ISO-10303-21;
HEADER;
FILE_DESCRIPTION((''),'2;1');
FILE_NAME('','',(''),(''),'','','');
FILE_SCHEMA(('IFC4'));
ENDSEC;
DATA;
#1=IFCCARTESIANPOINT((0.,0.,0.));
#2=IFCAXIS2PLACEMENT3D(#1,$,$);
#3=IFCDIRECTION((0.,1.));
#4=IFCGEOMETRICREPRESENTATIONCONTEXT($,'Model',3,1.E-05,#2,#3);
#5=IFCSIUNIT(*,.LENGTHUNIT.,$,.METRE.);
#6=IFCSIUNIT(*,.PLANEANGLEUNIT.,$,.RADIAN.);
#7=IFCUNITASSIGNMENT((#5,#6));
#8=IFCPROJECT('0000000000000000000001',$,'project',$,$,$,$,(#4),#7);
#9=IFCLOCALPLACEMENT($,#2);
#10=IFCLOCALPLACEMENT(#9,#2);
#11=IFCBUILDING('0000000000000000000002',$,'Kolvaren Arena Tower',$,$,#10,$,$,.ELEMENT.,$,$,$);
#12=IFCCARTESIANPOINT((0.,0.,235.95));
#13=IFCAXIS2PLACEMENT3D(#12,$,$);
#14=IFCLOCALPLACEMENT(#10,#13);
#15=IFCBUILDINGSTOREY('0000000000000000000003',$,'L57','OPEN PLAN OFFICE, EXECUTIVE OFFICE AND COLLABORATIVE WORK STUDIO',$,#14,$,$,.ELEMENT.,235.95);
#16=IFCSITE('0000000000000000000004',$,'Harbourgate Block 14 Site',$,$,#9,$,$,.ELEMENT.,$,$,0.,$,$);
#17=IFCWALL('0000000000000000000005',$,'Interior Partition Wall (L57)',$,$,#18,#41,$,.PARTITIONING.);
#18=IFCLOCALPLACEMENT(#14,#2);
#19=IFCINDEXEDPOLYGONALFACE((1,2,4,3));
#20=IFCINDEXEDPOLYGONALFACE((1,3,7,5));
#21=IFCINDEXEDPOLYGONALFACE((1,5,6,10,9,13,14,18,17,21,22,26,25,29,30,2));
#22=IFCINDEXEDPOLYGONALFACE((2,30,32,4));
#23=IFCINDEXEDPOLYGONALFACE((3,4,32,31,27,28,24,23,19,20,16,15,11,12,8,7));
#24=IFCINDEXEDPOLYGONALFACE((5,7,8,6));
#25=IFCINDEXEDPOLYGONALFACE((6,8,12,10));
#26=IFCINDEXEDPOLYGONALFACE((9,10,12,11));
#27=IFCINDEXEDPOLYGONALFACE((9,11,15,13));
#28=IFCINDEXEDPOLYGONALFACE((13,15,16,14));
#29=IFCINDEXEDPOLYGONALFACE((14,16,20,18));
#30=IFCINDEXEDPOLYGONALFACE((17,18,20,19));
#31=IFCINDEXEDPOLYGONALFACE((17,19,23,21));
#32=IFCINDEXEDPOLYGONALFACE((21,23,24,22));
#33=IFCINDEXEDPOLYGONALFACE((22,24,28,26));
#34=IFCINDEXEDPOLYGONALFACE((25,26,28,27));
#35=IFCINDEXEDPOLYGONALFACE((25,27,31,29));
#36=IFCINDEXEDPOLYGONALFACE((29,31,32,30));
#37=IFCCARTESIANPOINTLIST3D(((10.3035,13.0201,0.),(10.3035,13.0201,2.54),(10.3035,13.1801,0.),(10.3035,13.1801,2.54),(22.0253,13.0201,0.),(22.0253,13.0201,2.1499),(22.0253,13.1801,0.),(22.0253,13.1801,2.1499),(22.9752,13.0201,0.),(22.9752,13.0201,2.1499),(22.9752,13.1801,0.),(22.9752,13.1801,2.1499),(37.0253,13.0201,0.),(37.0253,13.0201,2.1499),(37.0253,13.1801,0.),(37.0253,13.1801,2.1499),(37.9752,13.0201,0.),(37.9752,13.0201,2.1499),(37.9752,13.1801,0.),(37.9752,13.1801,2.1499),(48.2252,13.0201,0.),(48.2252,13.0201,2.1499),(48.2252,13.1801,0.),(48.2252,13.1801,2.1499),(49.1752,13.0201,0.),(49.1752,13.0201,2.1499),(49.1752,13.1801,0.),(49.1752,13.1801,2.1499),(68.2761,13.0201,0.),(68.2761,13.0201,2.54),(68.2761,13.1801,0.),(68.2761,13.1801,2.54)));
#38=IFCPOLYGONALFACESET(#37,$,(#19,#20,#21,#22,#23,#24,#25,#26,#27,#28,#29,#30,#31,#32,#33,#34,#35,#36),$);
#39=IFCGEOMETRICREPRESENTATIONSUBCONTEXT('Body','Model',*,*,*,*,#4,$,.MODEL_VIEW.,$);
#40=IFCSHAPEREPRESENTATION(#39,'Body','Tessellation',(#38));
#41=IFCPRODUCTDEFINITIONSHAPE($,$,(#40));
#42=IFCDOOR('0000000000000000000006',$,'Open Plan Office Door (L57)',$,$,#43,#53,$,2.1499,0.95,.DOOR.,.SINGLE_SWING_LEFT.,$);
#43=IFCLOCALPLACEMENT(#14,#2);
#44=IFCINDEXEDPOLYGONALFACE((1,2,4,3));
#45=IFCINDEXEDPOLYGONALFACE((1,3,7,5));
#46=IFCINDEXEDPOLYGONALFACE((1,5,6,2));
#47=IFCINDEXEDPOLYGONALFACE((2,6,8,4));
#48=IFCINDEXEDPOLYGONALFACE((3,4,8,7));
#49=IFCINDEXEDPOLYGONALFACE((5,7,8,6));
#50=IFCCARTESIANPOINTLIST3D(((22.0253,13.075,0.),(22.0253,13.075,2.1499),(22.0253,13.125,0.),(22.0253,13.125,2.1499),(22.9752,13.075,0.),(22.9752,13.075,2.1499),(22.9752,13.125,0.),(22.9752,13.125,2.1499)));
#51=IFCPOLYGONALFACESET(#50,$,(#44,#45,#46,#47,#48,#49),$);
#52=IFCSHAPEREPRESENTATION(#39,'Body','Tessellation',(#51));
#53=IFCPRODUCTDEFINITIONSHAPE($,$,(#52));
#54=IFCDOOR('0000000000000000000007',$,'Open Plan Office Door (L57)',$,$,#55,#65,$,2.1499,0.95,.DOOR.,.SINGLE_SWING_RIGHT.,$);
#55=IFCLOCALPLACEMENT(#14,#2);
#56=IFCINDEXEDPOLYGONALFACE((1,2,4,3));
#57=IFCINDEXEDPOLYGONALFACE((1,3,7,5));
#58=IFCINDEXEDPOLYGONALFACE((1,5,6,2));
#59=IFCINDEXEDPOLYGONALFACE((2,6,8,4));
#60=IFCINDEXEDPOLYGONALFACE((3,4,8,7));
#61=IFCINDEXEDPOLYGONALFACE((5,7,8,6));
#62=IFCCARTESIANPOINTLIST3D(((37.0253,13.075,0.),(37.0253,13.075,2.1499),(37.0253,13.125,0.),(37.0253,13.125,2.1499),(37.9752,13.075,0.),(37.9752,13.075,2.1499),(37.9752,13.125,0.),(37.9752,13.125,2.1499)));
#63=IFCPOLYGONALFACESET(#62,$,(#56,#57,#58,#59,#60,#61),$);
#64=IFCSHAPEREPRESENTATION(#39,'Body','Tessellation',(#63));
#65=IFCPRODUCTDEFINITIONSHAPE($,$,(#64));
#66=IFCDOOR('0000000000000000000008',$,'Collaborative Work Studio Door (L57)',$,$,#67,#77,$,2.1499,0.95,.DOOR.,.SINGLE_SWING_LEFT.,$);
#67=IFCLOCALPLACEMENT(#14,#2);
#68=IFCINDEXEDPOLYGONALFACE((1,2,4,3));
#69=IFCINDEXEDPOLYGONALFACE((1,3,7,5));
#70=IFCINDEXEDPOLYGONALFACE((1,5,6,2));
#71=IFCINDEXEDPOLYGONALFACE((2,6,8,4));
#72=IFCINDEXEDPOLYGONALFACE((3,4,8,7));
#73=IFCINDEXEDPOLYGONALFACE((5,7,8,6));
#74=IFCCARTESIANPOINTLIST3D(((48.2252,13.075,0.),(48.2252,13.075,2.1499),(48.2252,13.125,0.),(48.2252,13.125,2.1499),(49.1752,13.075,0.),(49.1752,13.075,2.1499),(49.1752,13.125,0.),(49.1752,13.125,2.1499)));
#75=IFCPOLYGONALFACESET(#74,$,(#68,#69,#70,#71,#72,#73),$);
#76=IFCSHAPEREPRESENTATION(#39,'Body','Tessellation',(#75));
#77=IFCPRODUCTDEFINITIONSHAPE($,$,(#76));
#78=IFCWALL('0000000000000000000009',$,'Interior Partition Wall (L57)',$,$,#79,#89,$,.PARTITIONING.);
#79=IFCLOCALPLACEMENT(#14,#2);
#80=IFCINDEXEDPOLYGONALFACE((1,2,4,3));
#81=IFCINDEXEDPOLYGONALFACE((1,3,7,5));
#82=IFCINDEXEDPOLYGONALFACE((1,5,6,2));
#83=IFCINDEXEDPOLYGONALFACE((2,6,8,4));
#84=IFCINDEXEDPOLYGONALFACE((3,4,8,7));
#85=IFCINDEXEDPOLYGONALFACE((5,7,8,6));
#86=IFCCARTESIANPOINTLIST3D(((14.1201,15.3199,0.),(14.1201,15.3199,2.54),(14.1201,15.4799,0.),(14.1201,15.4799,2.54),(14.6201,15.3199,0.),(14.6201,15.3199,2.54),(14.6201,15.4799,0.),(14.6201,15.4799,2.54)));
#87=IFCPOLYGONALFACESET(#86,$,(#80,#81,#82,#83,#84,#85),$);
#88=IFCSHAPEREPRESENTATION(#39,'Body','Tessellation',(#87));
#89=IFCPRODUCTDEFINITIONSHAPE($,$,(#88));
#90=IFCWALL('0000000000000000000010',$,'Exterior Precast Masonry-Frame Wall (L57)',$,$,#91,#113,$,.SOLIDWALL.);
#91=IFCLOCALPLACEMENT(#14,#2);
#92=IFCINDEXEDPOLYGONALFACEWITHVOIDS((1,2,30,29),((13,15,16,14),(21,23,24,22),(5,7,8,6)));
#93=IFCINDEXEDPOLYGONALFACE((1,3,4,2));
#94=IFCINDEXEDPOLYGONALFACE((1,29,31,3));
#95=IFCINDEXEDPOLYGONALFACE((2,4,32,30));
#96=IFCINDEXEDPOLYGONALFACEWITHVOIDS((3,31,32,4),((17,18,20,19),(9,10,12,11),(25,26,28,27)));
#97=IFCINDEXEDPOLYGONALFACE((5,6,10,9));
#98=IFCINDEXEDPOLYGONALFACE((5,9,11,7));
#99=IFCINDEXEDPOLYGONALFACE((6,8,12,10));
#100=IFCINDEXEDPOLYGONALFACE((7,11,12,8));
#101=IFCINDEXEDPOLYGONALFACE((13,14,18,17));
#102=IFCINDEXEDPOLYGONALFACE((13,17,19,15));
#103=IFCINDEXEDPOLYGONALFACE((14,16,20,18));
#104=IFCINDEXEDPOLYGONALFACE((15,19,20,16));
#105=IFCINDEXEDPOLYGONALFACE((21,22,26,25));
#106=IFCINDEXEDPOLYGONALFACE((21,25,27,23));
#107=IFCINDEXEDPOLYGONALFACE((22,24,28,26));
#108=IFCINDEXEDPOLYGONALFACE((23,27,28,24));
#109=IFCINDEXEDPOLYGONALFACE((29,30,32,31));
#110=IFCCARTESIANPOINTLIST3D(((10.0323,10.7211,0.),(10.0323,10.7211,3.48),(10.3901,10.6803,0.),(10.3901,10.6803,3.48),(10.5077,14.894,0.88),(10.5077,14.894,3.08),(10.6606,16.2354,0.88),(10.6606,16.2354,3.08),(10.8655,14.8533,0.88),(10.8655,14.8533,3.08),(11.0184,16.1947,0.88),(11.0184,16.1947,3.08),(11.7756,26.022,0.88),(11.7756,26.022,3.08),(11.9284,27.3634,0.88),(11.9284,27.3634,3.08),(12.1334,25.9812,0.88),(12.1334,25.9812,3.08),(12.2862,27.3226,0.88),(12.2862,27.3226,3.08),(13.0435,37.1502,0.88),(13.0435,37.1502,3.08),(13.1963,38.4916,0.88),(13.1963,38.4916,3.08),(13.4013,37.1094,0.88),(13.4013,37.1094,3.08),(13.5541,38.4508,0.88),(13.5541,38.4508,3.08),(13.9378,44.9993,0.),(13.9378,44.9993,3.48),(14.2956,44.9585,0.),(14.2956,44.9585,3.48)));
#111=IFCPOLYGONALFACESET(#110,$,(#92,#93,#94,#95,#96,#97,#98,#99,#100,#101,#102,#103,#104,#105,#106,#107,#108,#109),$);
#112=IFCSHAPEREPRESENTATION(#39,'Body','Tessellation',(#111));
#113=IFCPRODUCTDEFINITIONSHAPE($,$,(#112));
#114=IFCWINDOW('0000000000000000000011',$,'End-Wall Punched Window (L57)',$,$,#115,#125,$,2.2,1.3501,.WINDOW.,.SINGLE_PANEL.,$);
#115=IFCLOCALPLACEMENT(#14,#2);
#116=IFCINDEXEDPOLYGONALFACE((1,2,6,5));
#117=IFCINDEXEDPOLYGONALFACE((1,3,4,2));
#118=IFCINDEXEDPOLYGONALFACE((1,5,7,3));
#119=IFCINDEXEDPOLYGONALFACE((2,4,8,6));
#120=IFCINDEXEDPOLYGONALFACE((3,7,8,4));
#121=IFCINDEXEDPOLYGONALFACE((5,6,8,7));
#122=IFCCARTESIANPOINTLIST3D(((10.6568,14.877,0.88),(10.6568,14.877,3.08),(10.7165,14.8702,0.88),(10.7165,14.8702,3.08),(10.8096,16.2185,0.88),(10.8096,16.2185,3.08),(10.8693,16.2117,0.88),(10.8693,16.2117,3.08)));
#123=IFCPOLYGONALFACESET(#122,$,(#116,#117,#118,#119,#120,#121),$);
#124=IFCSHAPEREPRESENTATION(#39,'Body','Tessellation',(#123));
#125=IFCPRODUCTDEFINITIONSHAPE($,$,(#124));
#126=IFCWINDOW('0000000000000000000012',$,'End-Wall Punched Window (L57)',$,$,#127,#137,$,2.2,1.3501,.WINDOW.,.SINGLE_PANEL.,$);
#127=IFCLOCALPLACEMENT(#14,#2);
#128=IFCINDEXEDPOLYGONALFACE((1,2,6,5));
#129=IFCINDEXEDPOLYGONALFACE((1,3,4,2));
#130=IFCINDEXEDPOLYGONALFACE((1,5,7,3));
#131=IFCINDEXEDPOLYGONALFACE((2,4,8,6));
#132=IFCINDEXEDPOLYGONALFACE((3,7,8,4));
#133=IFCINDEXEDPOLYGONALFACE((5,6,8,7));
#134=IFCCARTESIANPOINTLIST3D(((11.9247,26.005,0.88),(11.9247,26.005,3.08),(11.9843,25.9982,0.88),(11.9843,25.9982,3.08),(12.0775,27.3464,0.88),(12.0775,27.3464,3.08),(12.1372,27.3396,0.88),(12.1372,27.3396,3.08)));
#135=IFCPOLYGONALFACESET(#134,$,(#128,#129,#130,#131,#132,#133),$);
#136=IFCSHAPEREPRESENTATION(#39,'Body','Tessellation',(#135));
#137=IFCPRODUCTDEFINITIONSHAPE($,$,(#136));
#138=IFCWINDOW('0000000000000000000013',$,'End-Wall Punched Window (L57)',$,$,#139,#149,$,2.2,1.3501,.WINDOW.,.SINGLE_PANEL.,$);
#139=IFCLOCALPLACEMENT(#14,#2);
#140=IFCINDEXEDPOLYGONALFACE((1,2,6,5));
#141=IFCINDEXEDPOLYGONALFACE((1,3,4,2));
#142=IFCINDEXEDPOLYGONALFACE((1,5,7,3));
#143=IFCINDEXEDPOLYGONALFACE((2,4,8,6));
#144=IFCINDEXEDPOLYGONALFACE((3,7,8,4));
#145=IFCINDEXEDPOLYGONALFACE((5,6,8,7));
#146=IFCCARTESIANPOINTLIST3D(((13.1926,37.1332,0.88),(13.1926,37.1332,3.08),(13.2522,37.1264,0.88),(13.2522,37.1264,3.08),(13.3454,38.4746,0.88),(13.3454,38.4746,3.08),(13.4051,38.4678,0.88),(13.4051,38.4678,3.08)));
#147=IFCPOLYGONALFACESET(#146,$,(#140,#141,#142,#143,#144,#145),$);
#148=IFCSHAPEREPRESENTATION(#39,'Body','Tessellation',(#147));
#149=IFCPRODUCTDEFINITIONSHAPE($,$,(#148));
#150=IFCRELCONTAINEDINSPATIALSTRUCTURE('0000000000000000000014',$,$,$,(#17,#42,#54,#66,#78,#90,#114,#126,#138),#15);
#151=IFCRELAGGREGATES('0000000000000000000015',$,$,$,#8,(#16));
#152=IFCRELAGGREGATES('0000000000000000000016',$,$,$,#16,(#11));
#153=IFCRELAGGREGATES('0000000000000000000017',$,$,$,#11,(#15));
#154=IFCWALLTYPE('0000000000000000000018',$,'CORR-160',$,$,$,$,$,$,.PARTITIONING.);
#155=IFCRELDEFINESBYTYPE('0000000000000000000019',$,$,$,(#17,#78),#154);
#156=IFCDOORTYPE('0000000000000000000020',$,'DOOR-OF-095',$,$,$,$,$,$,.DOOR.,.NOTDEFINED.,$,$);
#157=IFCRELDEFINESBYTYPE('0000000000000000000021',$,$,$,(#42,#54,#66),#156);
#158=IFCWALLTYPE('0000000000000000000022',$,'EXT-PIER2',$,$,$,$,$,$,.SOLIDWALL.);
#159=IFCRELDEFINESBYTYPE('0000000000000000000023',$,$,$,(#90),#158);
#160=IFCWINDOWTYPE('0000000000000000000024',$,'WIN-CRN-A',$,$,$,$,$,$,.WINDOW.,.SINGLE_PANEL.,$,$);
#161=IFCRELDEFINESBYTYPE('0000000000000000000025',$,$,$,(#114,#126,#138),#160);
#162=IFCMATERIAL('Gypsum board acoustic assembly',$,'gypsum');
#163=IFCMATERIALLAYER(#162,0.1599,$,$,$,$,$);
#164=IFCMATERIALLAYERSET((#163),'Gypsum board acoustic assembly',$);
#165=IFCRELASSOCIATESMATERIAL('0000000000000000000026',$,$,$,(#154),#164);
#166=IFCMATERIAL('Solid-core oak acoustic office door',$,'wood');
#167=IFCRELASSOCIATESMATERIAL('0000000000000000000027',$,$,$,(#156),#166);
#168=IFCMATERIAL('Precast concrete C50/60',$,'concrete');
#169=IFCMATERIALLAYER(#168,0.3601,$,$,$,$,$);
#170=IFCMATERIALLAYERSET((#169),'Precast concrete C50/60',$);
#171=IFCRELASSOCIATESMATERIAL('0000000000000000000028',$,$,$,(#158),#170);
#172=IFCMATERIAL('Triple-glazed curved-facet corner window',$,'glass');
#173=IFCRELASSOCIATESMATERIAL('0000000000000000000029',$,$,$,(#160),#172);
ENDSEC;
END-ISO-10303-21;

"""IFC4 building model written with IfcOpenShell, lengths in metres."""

from ifc_helpers import new_model, si_unit, direction, frame, frame_2d, origin, place, context, subcontext, project, spatial, rectangle, extrude, material, layer, layer_set, type_object, element, fill, save


model = new_model("IFC4")

# Units and contexts
model_context = context("Model", 3, precision=1e-05, world=origin(), true_north=direction((0.0, 1.0)))
body_context = subcontext(model_context, "Body", "Model", "MODEL_VIEW")
ifc_project = project(units=[si_unit("LENGTHUNIT", "METRE"), si_unit("PLANEANGLEUNIT", "RADIAN")], contexts=[model_context])

# Site, building, storey
site_placement = place(None, origin())
site = spatial("IfcSite", under=ifc_project, at=site_placement, Name="Harbourgate Block 14 Site", CompositionType="ELEMENT", RefElevation=0.0)
building_placement = place(site_placement, origin())
building = spatial("IfcBuilding", under=site, at=building_placement, Name="Kolvaren Arena Tower", CompositionType="ELEMENT")
storey_placement = place(building_placement, frame((0.0, 0.0, 235.95)))
storey = spatial("IfcBuildingStorey", under=building, at=storey_placement, Name="L57", Description="OPEN PLAN OFFICE, EXECUTIVE OFFICE AND COLLABORATIVE WORK STUDIO", CompositionType="ELEMENT", Elevation=235.95)

# Wall, openings, doors
ifc_material_1 = material(Name="Gypsum board acoustic assembly", Category="gypsum")
ifc_layer_1 = layer(ifc_material_1, 0.1599)
ifc_layer_set_1 = layer_set([ifc_layer_1], Name="Gypsum board acoustic assembly")
wall_type_1 = type_object("IfcWallType", Name="CORR-160", PredefinedType="PARTITIONING", material=ifc_layer_set_1)
wall_1_placement = place(storey_placement, frame((10.3035, 13.1001, 0.0), z_axis=(0.0, 0.0, 1.0), x_axis=(1.0, 0.0, 0.0)))
wall_1 = element("IfcWall", 1, at=wall_1_placement, inside=storey, type_object=wall_type_1, Name="Interior Partition Wall (L57)", PredefinedType="PARTITIONING", context=body_context, shape_type="SweptSolid", body=[
    extrude(rectangle(XDim=57.9727, YDim=0.1599, at=frame_2d((28.9863, 0.0))), origin(), (0.0, 0.0, 1.0), 2.54),
])
opening_1_placement = place(wall_1_placement, frame((11.7217, 0.0, 0.0)))
opening_1 = element("IfcOpeningElement", 2, at=opening_1_placement, cuts=wall_1, PredefinedType="OPENING", context=body_context, shape_type="SweptSolid", body=[
    extrude(rectangle(XDim=0.95, YDim=2.1499, at=frame_2d((0.4751, 1.075))), frame((0.0, 0.0898, 0.0), z_axis=(0.0, -1.0, 0.0), x_axis=(1.0, 0.0, 0.0)), (0.0, 0.0, 1.0), 0.1799),
])
opening_2_placement = place(wall_1_placement, frame((26.7217, 0.0, 0.0)))
opening_2 = element("IfcOpeningElement", 3, at=opening_2_placement, cuts=wall_1, PredefinedType="OPENING", context=body_context, shape_type="SweptSolid", body=[
    extrude(rectangle(XDim=0.95, YDim=2.1499, at=frame_2d((0.4751, 1.075))), frame((0.0, 0.0898, 0.0), z_axis=(0.0, -1.0, 0.0), x_axis=(1.0, 0.0, 0.0)), (0.0, 0.0, 1.0), 0.1799),
])
opening_3_placement = place(wall_1_placement, frame((37.9216, 0.0, 0.0)))
opening_3 = element("IfcOpeningElement", 4, at=opening_3_placement, cuts=wall_1, PredefinedType="OPENING", context=body_context, shape_type="SweptSolid", body=[
    extrude(rectangle(XDim=0.95, YDim=2.1499, at=frame_2d((0.4751, 1.075))), frame((0.0, 0.0898, 0.0), z_axis=(0.0, -1.0, 0.0), x_axis=(1.0, 0.0, 0.0)), (0.0, 0.0, 1.0), 0.1799),
])
ifc_material_2 = material(Name="Solid-core oak acoustic office door", Category="wood")
door_type_1 = type_object("IfcDoorType", Name="DOOR-OF-095", OperationType="NOTDEFINED", PredefinedType="DOOR", material=ifc_material_2)
door_1_placement = place(opening_1_placement, origin())
door_1 = element("IfcDoor", 5, at=door_1_placement, inside=storey, type_object=door_type_1, Name="Open Plan Office Door (L57)", OperationType="SINGLE_SWING_LEFT", OverallHeight=2.1499, OverallWidth=0.95, PredefinedType="DOOR", context=body_context, shape_type="SweptSolid", body=[
    extrude(rectangle(XDim=0.95, YDim=2.1499, at=frame_2d((0.4751, 1.075))), frame((0.0, 0.0249, 0.0), z_axis=(0.0, -1.0, 0.0), x_axis=(1.0, 0.0, 0.0)), (0.0, 0.0, 1.0), 0.05),
])
fill(opening_1, door_1)
door_2_placement = place(opening_2_placement, origin())
door_2 = element("IfcDoor", 6, at=door_2_placement, inside=storey, type_object=door_type_1, Name="Open Plan Office Door (L57)", OperationType="SINGLE_SWING_RIGHT", OverallHeight=2.1499, OverallWidth=0.95, PredefinedType="DOOR", context=body_context, shape_type="SweptSolid", body=[
    extrude(rectangle(XDim=0.95, YDim=2.1499, at=frame_2d((0.4751, 1.075))), frame((0.0, 0.0249, 0.0), z_axis=(0.0, -1.0, 0.0), x_axis=(1.0, 0.0, 0.0)), (0.0, 0.0, 1.0), 0.05),
])
fill(opening_2, door_2)
door_3_placement = place(opening_3_placement, origin())
door_3 = element("IfcDoor", 7, at=door_3_placement, inside=storey, type_object=door_type_1, Name="Collaborative Work Studio Door (L57)", OperationType="SINGLE_SWING_LEFT", OverallHeight=2.1499, OverallWidth=0.95, PredefinedType="DOOR", context=body_context, shape_type="SweptSolid", body=[
    extrude(rectangle(XDim=0.95, YDim=2.1499, at=frame_2d((0.4751, 1.075))), frame((0.0, 0.0249, 0.0), z_axis=(0.0, -1.0, 0.0), x_axis=(1.0, 0.0, 0.0)), (0.0, 0.0, 1.0), 0.05),
])
fill(opening_3, door_3)

# Wall
wall_2_placement = place(storey_placement, frame((14.1201, 15.3999, 0.0), z_axis=(0.0, 0.0, 1.0), x_axis=(1.0, 0.0, 0.0)))
element("IfcWall", 8, at=wall_2_placement, inside=storey, type_object=wall_type_1, Name="Interior Partition Wall (L57)", PredefinedType="PARTITIONING", context=body_context, shape_type="SweptSolid", body=[
    extrude(rectangle(XDim=0.5, YDim=0.1599, at=frame_2d((0.25, 0.0))), origin(), (0.0, 0.0, 1.0), 2.54),
])

# Wall, openings, windows
ifc_material_3 = material(Name="Precast concrete C50/60", Category="concrete")
ifc_layer_2 = layer(ifc_material_3, 0.3601)
ifc_layer_set_2 = layer_set([ifc_layer_2], Name="Precast concrete C50/60")
wall_type_2 = type_object("IfcWallType", Name="EXT-PIER2", PredefinedType="SOLIDWALL", material=ifc_layer_set_2)
wall_3_placement = place(storey_placement, frame((10.2112, 10.7007, 0.0), z_axis=(0.0, 0.0, 1.0), x_axis=(0.113203, 0.993572, 0.0)))
wall_3 = element("IfcWall", 9, at=wall_3_placement, inside=storey, type_object=wall_type_2, Name="Exterior Precast Masonry-Frame Wall (L57)", PredefinedType="SOLIDWALL", context=body_context, shape_type="SweptSolid", body=[
    extrude(rectangle(XDim=34.5, YDim=0.3601, at=frame_2d((17.25, 0.0))), origin(), (0.0, 0.0, 1.0), 3.48),
])
opening_4_placement = place(wall_3_placement, frame((4.2, 0.0, 0.8799)))
opening_4 = element("IfcOpeningElement", 10, at=opening_4_placement, cuts=wall_3, PredefinedType="OPENING", context=body_context, shape_type="SweptSolid", body=[
    extrude(rectangle(XDim=1.3501, YDim=2.2, at=frame_2d((0.675, 1.1001))), frame((0.0, 0.1899, 0.0), z_axis=(0.0, -1.0, 0.0), x_axis=(1.0, 0.0, 0.0)), (0.0, 0.0, 1.0), 0.3801),
])
opening_5_placement = place(wall_3_placement, frame((15.3999, 0.0, 0.8799)))
opening_5 = element("IfcOpeningElement", 11, at=opening_5_placement, cuts=wall_3, PredefinedType="OPENING", context=body_context, shape_type="SweptSolid", body=[
    extrude(rectangle(XDim=1.3501, YDim=2.2, at=frame_2d((0.675, 1.1001))), frame((0.0, 0.1899, 0.0), z_axis=(0.0, -1.0, 0.0), x_axis=(1.0, 0.0, 0.0)), (0.0, 0.0, 1.0), 0.3801),
])
opening_6_placement = place(wall_3_placement, frame((26.6001, 0.0, 0.8799)))
opening_6 = element("IfcOpeningElement", 12, at=opening_6_placement, cuts=wall_3, PredefinedType="OPENING", context=body_context, shape_type="SweptSolid", body=[
    extrude(rectangle(XDim=1.3501, YDim=2.2, at=frame_2d((0.675, 1.1001))), frame((0.0, 0.1899, 0.0), z_axis=(0.0, -1.0, 0.0), x_axis=(1.0, 0.0, 0.0)), (0.0, 0.0, 1.0), 0.3801),
])
ifc_material_4 = material(Name="Triple-glazed curved-facet corner window", Category="glass")
window_type = type_object("IfcWindowType", Name="WIN-CRN-A", PartitioningType="SINGLE_PANEL", PredefinedType="WINDOW", material=ifc_material_4)
window_1_placement = place(opening_4_placement, origin())
window_1 = element("IfcWindow", 13, at=window_1_placement, inside=storey, type_object=window_type, Name="End-Wall Punched Window (L57)", OverallHeight=2.2, OverallWidth=1.3501, PartitioningType="SINGLE_PANEL", PredefinedType="WINDOW", context=body_context, shape_type="SweptSolid", body=[
    extrude(rectangle(XDim=1.3501, YDim=2.2, at=frame_2d((0.675, 1.1001))), frame((0.0, 0.03, 0.0), z_axis=(0.0, -1.0, 0.0), x_axis=(1.0, 0.0, 0.0)), (0.0, 0.0, 1.0), 0.0601),
])
fill(opening_4, window_1)
window_2_placement = place(opening_5_placement, origin())
window_2 = element("IfcWindow", 14, at=window_2_placement, inside=storey, type_object=window_type, Name="End-Wall Punched Window (L57)", OverallHeight=2.2, OverallWidth=1.3501, PartitioningType="SINGLE_PANEL", PredefinedType="WINDOW", context=body_context, shape_type="SweptSolid", body=[
    extrude(rectangle(XDim=1.3501, YDim=2.2, at=frame_2d((0.675, 1.1001))), frame((0.0, 0.03, 0.0), z_axis=(0.0, -1.0, 0.0), x_axis=(1.0, 0.0, 0.0)), (0.0, 0.0, 1.0), 0.0601),
])
fill(opening_5, window_2)
window_3_placement = place(opening_6_placement, origin())
window_3 = element("IfcWindow", 15, at=window_3_placement, inside=storey, type_object=window_type, Name="End-Wall Punched Window (L57)", OverallHeight=2.2, OverallWidth=1.3501, PartitioningType="SINGLE_PANEL", PredefinedType="WINDOW", context=body_context, shape_type="SweptSolid", body=[
    extrude(rectangle(XDim=1.3501, YDim=2.2, at=frame_2d((0.675, 1.1001))), frame((0.0, 0.03, 0.0), z_axis=(0.0, -1.0, 0.0), x_axis=(1.0, 0.0, 0.0)), (0.0, 0.0, 1.0), 0.0601),
])
fill(opening_6, window_3)

save(model, "model.ifc")
